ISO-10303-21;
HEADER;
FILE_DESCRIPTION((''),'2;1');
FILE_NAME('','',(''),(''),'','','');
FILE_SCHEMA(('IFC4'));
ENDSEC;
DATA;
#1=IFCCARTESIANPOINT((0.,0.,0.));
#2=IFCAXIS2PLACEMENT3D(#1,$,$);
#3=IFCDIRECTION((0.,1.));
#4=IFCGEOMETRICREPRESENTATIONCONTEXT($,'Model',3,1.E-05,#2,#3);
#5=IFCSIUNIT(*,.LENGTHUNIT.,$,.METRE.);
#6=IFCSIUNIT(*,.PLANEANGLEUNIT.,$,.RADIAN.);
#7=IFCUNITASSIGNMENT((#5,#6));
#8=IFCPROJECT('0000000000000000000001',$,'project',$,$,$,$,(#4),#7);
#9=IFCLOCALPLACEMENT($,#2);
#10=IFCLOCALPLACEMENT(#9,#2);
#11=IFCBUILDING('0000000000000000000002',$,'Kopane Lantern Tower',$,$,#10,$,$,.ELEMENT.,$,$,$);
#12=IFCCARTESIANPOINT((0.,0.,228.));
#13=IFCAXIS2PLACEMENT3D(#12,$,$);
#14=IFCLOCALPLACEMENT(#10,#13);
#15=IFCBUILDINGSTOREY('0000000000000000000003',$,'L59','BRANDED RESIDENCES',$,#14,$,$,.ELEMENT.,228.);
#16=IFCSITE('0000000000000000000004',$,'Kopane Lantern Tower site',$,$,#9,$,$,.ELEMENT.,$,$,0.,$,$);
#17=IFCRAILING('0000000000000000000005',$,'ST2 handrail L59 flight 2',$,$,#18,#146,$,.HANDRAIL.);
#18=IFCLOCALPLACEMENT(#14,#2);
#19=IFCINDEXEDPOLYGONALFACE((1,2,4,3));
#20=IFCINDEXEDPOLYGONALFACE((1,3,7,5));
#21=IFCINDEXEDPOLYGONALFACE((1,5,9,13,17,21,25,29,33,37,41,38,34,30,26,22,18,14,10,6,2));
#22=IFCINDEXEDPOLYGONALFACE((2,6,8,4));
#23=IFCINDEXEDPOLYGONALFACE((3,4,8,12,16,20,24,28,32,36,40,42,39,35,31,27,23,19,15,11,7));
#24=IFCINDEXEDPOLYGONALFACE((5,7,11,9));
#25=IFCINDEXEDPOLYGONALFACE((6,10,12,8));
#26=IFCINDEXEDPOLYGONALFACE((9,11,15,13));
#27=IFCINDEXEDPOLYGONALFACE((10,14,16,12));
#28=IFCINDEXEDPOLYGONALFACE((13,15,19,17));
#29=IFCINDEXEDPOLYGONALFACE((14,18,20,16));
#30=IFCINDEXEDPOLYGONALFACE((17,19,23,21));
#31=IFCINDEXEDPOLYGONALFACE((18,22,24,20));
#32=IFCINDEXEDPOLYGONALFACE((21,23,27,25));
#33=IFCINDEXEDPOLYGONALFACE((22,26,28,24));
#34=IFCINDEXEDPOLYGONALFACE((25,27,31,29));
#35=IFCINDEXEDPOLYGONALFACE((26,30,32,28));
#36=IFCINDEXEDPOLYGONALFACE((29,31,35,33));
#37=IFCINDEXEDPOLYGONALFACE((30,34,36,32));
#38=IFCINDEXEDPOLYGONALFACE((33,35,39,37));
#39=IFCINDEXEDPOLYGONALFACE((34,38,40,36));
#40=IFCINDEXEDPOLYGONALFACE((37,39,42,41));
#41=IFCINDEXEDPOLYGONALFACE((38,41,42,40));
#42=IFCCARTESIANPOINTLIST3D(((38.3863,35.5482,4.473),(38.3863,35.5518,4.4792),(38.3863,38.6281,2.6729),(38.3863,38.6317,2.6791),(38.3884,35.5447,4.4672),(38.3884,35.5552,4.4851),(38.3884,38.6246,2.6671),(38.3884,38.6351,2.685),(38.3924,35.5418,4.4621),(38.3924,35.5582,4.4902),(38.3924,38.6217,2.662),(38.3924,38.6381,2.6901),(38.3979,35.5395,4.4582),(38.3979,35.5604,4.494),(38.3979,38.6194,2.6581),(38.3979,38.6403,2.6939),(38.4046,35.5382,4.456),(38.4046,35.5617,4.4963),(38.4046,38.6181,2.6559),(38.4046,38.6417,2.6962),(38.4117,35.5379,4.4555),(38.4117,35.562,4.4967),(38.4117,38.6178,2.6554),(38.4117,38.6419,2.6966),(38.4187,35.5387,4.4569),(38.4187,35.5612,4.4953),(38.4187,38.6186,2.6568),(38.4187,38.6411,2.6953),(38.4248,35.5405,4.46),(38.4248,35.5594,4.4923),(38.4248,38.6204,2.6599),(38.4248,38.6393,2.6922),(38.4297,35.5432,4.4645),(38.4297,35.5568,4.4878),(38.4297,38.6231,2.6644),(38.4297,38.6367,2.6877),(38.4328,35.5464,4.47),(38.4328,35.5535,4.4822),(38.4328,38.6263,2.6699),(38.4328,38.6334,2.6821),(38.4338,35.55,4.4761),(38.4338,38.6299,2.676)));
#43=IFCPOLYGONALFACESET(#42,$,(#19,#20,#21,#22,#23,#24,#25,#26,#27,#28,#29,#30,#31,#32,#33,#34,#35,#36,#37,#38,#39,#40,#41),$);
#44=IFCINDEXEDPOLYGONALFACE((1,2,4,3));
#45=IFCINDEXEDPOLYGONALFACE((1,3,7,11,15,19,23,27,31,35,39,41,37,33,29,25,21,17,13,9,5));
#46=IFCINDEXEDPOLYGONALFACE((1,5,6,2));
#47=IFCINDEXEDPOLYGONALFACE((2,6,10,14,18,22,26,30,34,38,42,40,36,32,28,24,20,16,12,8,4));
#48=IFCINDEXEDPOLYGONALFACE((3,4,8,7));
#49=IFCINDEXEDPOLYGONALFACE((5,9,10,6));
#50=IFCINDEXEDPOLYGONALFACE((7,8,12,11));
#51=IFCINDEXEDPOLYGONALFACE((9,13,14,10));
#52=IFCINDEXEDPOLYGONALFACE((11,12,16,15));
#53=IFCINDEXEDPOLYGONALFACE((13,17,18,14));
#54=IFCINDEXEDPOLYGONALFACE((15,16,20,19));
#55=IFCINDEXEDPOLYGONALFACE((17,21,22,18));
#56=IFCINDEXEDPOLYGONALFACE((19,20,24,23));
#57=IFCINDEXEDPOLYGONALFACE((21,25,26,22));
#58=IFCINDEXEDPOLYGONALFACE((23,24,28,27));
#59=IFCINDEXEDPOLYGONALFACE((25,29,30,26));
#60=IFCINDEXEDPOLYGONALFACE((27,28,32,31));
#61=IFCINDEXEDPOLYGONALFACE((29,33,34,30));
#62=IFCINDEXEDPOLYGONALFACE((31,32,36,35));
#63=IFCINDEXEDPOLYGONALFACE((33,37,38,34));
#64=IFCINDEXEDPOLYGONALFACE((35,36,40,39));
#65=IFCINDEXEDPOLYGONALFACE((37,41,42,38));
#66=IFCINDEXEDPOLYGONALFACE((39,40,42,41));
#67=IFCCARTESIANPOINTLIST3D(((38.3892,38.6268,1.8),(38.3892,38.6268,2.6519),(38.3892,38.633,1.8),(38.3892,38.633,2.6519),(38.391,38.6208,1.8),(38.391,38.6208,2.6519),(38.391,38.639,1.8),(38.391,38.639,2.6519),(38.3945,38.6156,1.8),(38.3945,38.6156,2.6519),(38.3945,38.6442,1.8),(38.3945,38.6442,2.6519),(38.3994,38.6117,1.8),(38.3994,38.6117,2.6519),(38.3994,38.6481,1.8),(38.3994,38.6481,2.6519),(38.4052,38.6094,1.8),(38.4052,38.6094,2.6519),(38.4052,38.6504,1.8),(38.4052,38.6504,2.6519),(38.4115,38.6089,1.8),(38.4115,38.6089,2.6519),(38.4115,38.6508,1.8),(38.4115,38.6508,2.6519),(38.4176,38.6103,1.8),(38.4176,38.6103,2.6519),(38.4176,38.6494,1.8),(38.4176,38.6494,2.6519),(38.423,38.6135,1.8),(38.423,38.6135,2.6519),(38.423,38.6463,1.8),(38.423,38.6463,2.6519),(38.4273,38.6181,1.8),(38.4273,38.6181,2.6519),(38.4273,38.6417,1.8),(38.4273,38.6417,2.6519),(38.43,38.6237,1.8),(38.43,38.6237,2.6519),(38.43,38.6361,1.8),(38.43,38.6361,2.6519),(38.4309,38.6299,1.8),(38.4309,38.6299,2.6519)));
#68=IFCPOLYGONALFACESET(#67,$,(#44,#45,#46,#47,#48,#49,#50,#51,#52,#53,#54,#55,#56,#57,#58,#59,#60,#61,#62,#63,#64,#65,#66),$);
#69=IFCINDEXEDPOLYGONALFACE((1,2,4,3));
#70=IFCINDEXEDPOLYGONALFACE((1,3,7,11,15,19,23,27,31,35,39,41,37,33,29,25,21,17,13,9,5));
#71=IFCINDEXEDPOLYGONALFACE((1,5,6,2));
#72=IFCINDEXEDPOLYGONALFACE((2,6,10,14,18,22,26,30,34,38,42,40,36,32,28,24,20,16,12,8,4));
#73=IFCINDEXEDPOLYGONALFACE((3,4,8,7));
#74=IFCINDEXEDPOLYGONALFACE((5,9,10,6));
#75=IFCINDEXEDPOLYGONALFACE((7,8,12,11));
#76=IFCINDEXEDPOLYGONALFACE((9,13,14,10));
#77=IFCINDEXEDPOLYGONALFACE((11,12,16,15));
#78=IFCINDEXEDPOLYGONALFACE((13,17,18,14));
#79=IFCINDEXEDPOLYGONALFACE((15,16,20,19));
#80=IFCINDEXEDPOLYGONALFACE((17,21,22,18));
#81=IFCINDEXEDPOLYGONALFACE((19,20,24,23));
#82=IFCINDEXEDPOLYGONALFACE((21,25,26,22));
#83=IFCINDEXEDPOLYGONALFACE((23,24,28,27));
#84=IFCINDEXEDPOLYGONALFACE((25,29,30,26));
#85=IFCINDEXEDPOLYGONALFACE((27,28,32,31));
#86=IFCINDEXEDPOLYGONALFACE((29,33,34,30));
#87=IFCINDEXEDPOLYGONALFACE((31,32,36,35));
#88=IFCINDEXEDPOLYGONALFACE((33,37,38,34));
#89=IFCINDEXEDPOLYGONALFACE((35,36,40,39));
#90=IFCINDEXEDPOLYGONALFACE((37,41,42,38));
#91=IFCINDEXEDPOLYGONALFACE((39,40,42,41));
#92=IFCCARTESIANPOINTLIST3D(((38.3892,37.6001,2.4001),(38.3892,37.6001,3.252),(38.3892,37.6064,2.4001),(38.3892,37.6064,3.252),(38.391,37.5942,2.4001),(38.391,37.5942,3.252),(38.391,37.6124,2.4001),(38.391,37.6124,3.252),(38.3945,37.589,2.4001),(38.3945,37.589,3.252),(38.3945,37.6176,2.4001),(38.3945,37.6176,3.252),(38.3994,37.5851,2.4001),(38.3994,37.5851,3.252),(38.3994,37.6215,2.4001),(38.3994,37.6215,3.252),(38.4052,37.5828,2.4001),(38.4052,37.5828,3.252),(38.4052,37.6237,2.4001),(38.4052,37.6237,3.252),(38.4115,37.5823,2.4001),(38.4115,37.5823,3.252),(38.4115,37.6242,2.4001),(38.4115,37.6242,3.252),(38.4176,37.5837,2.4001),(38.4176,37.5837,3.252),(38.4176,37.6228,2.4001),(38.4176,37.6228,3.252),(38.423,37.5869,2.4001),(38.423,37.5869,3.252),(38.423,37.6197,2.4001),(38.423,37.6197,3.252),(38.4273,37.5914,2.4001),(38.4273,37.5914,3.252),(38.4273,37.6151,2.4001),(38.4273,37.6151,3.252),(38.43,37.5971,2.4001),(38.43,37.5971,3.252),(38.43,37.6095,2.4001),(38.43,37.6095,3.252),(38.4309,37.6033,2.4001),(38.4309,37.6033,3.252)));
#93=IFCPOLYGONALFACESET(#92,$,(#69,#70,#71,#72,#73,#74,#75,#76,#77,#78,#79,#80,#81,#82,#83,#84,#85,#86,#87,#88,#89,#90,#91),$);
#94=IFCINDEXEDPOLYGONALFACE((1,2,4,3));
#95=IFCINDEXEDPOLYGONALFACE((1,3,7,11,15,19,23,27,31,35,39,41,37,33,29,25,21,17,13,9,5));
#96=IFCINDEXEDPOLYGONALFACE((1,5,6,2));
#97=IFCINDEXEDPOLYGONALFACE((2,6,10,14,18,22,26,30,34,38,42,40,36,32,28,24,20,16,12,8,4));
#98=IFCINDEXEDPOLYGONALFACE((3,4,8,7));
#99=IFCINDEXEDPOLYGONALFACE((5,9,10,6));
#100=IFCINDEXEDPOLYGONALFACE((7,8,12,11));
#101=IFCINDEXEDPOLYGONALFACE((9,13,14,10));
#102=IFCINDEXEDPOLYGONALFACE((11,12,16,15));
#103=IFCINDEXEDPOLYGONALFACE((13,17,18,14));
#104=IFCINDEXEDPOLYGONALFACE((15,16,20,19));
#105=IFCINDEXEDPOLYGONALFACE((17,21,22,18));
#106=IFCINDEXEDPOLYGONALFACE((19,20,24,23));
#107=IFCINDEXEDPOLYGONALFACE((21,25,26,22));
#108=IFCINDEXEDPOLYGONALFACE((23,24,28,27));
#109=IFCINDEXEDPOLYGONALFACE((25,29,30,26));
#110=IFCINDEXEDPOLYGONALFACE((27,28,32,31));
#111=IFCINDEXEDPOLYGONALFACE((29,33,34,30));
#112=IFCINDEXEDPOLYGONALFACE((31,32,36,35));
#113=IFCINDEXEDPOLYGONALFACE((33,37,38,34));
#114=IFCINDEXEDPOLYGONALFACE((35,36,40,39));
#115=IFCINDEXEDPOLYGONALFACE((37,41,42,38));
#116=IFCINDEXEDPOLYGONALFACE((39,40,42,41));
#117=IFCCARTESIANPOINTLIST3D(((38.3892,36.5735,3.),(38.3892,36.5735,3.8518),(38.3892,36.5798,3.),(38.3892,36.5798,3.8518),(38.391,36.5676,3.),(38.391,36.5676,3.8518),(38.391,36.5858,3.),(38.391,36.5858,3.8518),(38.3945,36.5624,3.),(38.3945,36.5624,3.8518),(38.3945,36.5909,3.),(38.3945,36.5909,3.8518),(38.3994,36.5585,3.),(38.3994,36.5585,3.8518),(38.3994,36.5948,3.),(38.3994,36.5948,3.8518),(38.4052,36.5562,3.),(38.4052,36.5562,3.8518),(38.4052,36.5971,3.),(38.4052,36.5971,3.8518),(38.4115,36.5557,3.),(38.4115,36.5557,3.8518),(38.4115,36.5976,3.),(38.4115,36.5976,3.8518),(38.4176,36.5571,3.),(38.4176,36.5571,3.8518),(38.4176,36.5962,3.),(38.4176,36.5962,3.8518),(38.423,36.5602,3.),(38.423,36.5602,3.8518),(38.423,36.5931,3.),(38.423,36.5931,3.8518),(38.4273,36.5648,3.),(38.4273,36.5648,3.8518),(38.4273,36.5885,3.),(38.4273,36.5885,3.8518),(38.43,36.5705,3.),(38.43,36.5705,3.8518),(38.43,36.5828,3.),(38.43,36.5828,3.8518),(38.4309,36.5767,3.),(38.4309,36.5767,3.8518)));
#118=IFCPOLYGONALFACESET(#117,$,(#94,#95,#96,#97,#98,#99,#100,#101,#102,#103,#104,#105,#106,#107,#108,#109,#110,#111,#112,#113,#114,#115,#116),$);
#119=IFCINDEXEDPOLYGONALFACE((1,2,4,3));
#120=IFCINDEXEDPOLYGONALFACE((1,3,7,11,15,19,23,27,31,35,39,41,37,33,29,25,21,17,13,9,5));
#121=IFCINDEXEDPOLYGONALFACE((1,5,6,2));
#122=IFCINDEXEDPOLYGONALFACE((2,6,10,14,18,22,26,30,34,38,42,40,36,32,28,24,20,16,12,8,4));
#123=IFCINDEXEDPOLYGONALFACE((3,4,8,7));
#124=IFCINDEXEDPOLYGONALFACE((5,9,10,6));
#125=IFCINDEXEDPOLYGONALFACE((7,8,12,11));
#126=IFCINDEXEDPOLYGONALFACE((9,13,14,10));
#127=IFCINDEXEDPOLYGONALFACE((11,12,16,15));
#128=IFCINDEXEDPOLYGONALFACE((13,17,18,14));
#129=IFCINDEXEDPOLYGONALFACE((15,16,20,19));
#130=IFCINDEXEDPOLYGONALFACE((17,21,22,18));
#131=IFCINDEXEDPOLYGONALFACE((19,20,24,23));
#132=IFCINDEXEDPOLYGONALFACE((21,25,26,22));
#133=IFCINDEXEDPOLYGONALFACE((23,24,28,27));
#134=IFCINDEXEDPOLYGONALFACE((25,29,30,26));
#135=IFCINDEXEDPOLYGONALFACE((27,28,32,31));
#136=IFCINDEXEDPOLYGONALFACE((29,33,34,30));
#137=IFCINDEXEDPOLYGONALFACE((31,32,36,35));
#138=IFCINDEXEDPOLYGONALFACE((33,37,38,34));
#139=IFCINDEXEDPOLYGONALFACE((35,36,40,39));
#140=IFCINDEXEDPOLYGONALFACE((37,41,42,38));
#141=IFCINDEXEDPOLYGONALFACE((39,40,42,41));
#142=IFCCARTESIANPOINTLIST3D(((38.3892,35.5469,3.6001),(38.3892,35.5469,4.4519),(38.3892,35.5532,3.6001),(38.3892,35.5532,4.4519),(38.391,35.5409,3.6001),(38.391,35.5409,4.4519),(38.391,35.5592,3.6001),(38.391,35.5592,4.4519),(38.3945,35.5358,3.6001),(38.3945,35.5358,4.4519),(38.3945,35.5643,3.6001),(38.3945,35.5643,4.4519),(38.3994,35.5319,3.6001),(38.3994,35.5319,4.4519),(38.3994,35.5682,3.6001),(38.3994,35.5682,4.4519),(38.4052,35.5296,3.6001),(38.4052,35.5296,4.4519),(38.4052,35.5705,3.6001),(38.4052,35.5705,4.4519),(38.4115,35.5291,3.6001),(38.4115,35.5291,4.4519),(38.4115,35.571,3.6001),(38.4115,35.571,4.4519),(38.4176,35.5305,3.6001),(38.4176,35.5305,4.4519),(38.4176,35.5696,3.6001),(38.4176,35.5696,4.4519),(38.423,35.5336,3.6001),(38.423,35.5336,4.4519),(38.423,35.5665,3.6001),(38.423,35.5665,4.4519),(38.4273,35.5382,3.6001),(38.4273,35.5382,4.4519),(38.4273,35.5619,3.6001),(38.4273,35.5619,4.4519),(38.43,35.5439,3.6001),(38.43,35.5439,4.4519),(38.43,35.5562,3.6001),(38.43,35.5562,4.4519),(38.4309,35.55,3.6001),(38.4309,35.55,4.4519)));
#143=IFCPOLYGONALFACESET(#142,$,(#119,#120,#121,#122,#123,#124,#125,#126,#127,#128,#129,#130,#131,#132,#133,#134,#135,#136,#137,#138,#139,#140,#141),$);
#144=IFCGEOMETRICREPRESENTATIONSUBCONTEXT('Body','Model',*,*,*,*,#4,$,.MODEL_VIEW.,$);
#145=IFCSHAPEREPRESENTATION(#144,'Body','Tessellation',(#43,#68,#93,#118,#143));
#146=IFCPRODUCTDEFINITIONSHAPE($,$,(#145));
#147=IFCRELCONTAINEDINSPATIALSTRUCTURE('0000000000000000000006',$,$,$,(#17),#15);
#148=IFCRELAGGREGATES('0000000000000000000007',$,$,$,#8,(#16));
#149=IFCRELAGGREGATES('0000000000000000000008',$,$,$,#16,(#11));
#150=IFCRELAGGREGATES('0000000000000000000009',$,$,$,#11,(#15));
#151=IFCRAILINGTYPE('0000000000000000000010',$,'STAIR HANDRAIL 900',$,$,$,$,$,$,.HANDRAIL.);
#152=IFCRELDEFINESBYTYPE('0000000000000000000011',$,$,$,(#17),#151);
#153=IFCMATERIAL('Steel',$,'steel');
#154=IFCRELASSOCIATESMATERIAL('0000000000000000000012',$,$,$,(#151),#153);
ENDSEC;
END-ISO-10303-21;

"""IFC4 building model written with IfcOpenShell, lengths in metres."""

from ifc_helpers import new_model, si_unit, direction, frame, origin, origin_2d, place, context, subcontext, project, spatial, circle, extrude, material, type_object, element, save


model = new_model("IFC4")

# Units and contexts
model_context = context("Model", 3, precision=1e-05, world=origin(), true_north=direction((0.0, 1.0)))
body_context = subcontext(model_context, "Body", "Model", "MODEL_VIEW")
ifc_project = project(units=[si_unit("LENGTHUNIT", "METRE"), si_unit("PLANEANGLEUNIT", "RADIAN")], contexts=[model_context])

# Site, building, storey
site_placement = place(None, origin())
site = spatial("IfcSite", under=ifc_project, at=site_placement, Name="Kopane Lantern Tower site", CompositionType="ELEMENT", RefElevation=0.0)
building_placement = place(site_placement, origin())
building = spatial("IfcBuilding", under=site, at=building_placement, Name="Kopane Lantern Tower", CompositionType="ELEMENT")
storey_placement = place(building_placement, frame((0.0, 0.0, 228.0)))
storey = spatial("IfcBuildingStorey", under=building, at=storey_placement, Name="L59", Description="BRANDED RESIDENCES", CompositionType="ELEMENT", Elevation=228.0)

# Railing
ifc_material_1 = material(Name="Steel", Category="steel")
railing_type_1 = type_object("IfcRailingType", Name="STAIR HANDRAIL 900", PredefinedType="HANDRAIL", material=ifc_material_1)
for number, where, name in (
    (1, (38.4099, 38.6299, 1.8), "ST2 handrail L59 flight 2"),
):
    element("IfcRailing", number, at=place(storey_placement, frame(where)), inside=storey, type_object=railing_type_1, Name=name, PredefinedType="HANDRAIL", context=body_context, shape_type="SweptSolid", body=[
        extrude(circle(Radius=0.0239, at=origin_2d()), frame((0.0, 0.0, 0.876), z_axis=(0.0, -0.863354, 0.504598), x_axis=(1.0, 0.0, 0.0)), (0.0, 0.0, 1.0), 3.5674),
        extrude(circle(Radius=0.021, at=origin_2d()), origin(), (0.0, 0.0, 1.0), 0.8518),
        extrude(circle(Radius=0.021, at=origin_2d()), frame((0.0, -1.0266, 0.6001)), (0.0, 0.0, 1.0), 0.8518),
        extrude(circle(Radius=0.021, at=origin_2d()), frame((0.0, -2.0532, 1.2)), (0.0, 0.0, 1.0), 0.8518),
        extrude(circle(Radius=0.021, at=origin_2d()), frame((0.0, -3.0798, 1.8)), (0.0, 0.0, 1.0), 0.8518),
    ])

save(model, "model.ifc")
